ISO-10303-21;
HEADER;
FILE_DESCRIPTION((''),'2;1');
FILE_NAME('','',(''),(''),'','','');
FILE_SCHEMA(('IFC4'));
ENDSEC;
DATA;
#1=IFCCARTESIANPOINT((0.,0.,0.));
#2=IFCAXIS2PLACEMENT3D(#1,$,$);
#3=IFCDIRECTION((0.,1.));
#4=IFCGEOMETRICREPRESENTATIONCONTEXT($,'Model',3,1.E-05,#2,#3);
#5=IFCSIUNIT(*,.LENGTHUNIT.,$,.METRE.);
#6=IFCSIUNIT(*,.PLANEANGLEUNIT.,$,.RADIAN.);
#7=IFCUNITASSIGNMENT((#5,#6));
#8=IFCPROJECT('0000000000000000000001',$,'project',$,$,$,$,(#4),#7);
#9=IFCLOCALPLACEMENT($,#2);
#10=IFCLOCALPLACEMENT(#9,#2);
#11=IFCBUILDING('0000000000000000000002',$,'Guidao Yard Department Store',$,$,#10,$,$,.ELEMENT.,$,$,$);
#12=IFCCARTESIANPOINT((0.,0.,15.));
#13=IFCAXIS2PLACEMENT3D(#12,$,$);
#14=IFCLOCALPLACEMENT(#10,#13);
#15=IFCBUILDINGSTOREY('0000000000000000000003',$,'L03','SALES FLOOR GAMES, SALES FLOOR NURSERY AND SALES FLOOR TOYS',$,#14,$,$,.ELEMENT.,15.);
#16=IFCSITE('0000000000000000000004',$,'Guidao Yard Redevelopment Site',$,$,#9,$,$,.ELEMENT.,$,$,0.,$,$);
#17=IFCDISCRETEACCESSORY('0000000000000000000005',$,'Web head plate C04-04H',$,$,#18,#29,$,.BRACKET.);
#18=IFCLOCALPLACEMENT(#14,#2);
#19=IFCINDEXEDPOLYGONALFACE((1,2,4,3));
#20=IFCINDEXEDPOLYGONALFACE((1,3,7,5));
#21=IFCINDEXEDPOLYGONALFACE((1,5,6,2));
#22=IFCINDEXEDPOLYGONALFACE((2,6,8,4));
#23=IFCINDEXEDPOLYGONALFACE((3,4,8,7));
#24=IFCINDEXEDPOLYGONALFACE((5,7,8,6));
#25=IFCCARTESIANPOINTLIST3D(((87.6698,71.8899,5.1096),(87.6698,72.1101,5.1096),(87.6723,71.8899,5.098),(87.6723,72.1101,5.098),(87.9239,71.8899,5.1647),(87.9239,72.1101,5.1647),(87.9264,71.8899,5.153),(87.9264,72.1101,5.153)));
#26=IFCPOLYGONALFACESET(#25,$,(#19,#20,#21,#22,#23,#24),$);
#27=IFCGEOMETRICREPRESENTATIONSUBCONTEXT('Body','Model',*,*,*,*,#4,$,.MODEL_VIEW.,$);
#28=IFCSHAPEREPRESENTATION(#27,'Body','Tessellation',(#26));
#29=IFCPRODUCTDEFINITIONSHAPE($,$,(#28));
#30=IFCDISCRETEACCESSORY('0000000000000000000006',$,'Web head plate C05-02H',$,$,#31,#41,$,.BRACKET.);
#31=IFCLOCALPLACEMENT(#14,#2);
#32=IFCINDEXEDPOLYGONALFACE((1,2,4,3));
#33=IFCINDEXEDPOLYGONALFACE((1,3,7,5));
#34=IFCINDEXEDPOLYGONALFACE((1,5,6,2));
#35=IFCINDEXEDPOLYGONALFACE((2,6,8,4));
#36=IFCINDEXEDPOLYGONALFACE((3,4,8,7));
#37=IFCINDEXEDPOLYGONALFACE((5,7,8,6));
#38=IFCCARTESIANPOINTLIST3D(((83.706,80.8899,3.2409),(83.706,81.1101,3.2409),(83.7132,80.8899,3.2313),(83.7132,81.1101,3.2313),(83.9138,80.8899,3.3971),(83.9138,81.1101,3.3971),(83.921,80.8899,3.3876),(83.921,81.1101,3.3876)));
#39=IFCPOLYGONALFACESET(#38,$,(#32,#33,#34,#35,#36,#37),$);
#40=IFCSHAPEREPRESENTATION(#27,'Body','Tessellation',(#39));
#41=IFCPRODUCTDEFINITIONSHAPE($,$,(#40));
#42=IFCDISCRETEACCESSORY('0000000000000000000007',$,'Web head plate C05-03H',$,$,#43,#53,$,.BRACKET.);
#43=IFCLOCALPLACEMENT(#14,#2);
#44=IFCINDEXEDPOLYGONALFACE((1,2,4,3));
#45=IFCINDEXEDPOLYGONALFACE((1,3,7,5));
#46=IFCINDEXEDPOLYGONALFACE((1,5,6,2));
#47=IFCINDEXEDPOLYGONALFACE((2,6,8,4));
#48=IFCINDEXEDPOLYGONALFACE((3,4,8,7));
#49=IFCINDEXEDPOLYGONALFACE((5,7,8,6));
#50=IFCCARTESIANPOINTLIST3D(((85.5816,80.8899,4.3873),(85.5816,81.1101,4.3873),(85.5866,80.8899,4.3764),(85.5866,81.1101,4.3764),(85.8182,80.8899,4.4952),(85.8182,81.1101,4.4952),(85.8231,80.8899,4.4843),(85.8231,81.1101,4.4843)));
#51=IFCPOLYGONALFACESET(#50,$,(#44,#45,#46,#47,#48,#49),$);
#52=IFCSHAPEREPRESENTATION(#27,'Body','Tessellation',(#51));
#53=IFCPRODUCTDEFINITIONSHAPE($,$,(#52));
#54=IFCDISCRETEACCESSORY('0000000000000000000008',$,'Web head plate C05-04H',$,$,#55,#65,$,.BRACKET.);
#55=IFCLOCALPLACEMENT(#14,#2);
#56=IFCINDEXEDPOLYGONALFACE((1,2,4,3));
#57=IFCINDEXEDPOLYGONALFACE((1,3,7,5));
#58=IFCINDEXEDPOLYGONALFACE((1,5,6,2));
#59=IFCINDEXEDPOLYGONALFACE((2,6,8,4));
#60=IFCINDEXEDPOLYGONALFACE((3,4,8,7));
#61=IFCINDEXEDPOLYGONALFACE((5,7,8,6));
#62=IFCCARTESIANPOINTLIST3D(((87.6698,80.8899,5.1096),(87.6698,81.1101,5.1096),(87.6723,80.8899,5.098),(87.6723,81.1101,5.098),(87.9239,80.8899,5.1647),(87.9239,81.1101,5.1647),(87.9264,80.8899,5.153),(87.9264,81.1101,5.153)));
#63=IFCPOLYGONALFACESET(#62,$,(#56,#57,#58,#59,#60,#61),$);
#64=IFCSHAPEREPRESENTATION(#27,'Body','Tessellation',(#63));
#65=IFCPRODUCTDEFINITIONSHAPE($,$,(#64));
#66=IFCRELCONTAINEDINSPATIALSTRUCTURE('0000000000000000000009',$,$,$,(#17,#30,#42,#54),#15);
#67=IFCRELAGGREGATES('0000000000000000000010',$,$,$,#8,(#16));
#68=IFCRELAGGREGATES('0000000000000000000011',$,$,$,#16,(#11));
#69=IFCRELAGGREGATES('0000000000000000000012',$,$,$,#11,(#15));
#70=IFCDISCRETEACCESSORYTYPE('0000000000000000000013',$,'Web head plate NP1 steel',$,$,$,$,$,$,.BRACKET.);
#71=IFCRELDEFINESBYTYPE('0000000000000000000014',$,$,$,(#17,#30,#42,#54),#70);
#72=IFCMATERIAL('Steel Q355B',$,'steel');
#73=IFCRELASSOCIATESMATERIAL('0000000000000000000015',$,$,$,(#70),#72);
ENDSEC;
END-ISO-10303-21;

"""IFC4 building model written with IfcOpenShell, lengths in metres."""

from ifc_helpers import new_model, si_unit, direction, frame, origin, origin_2d, place, context, subcontext, project, spatial, rectangle, extrude, material, material_profile, profile_set, type_object, element, save


model = new_model("IFC4")

# Units and contexts
model_context = context("Model", 3, precision=1e-05, world=origin(), true_north=direction((0.0, 1.0)))
body_context = subcontext(model_context, "Body", "Model", "MODEL_VIEW")
ifc_project = project(units=[si_unit("LENGTHUNIT", "METRE"), si_unit("PLANEANGLEUNIT", "RADIAN")], contexts=[model_context])

# Site, building, storey
site_placement = place(None, origin())
site = spatial("IfcSite", under=ifc_project, at=site_placement, Name="Guidao Yard Redevelopment Site", CompositionType="ELEMENT", RefElevation=0.0)
building_placement = place(site_placement, origin())
building = spatial("IfcBuilding", under=site, at=building_placement, Name="Guidao Yard Department Store", CompositionType="ELEMENT")
storey_placement = place(building_placement, frame((0.0, 0.0, 15.0)))
storey = spatial("IfcBuildingStorey", under=building, at=storey_placement, Name="L03", Description="SALES FLOOR GAMES, SALES FLOOR NURSERY AND SALES FLOOR TOYS", CompositionType="ELEMENT", Elevation=15.0)

# Discrete accessories
ifc_material_1 = material(Name="Steel Q355B", Category="steel")
ifc_material_profile_1 = material_profile(ifc_material_1, rectangle(XDim=0.26, YDim=0.012, at=origin_2d()), Name="Node plate 260x12")
ifc_profile_set_1 = profile_set([ifc_material_profile_1], Name="Steel Q355B")
discrete_accessory_type_1 = type_object("IfcDiscreteAccessoryType", Name="Web head plate NP1 steel", PredefinedType="BRACKET", material=ifc_profile_set_1)
for number, where, z_axis, x_axis, name in (
    (1, (87.7981, 71.8899, 5.1313), (0.0, 1.0, 0.0), (-0.977292, 0.0, -0.211897), "Web head plate C04-04H"),
    (2, (83.8135, 80.8899, 3.3142), (0.0, 1.0, 0.0), (-0.799284, 0.0, -0.600954), "Web head plate C05-02H"),
    (3, (85.7024, 80.8899, 4.4358), (0.0, 1.0, 0.0), (-0.909751, 0.0, -0.415155), "Web head plate C05-03H"),
    (4, (87.7981, 80.8899, 5.1313), (0.0, 1.0, 0.0), (-0.977292, 0.0, -0.211897), "Web head plate C05-04H"),
):
    element("IfcDiscreteAccessory", number, at=place(storey_placement, frame(where, z_axis=z_axis, x_axis=x_axis)), inside=storey, type_object=discrete_accessory_type_1, Name=name, PredefinedType="BRACKET", context=body_context, shape_type="SweptSolid", body=[
        extrude(rectangle(XDim=0.26, YDim=0.012, at=origin_2d()), origin(), (0.0, 0.0, 1.0), 0.2202),
    ])

save(model, "model.ifc")
